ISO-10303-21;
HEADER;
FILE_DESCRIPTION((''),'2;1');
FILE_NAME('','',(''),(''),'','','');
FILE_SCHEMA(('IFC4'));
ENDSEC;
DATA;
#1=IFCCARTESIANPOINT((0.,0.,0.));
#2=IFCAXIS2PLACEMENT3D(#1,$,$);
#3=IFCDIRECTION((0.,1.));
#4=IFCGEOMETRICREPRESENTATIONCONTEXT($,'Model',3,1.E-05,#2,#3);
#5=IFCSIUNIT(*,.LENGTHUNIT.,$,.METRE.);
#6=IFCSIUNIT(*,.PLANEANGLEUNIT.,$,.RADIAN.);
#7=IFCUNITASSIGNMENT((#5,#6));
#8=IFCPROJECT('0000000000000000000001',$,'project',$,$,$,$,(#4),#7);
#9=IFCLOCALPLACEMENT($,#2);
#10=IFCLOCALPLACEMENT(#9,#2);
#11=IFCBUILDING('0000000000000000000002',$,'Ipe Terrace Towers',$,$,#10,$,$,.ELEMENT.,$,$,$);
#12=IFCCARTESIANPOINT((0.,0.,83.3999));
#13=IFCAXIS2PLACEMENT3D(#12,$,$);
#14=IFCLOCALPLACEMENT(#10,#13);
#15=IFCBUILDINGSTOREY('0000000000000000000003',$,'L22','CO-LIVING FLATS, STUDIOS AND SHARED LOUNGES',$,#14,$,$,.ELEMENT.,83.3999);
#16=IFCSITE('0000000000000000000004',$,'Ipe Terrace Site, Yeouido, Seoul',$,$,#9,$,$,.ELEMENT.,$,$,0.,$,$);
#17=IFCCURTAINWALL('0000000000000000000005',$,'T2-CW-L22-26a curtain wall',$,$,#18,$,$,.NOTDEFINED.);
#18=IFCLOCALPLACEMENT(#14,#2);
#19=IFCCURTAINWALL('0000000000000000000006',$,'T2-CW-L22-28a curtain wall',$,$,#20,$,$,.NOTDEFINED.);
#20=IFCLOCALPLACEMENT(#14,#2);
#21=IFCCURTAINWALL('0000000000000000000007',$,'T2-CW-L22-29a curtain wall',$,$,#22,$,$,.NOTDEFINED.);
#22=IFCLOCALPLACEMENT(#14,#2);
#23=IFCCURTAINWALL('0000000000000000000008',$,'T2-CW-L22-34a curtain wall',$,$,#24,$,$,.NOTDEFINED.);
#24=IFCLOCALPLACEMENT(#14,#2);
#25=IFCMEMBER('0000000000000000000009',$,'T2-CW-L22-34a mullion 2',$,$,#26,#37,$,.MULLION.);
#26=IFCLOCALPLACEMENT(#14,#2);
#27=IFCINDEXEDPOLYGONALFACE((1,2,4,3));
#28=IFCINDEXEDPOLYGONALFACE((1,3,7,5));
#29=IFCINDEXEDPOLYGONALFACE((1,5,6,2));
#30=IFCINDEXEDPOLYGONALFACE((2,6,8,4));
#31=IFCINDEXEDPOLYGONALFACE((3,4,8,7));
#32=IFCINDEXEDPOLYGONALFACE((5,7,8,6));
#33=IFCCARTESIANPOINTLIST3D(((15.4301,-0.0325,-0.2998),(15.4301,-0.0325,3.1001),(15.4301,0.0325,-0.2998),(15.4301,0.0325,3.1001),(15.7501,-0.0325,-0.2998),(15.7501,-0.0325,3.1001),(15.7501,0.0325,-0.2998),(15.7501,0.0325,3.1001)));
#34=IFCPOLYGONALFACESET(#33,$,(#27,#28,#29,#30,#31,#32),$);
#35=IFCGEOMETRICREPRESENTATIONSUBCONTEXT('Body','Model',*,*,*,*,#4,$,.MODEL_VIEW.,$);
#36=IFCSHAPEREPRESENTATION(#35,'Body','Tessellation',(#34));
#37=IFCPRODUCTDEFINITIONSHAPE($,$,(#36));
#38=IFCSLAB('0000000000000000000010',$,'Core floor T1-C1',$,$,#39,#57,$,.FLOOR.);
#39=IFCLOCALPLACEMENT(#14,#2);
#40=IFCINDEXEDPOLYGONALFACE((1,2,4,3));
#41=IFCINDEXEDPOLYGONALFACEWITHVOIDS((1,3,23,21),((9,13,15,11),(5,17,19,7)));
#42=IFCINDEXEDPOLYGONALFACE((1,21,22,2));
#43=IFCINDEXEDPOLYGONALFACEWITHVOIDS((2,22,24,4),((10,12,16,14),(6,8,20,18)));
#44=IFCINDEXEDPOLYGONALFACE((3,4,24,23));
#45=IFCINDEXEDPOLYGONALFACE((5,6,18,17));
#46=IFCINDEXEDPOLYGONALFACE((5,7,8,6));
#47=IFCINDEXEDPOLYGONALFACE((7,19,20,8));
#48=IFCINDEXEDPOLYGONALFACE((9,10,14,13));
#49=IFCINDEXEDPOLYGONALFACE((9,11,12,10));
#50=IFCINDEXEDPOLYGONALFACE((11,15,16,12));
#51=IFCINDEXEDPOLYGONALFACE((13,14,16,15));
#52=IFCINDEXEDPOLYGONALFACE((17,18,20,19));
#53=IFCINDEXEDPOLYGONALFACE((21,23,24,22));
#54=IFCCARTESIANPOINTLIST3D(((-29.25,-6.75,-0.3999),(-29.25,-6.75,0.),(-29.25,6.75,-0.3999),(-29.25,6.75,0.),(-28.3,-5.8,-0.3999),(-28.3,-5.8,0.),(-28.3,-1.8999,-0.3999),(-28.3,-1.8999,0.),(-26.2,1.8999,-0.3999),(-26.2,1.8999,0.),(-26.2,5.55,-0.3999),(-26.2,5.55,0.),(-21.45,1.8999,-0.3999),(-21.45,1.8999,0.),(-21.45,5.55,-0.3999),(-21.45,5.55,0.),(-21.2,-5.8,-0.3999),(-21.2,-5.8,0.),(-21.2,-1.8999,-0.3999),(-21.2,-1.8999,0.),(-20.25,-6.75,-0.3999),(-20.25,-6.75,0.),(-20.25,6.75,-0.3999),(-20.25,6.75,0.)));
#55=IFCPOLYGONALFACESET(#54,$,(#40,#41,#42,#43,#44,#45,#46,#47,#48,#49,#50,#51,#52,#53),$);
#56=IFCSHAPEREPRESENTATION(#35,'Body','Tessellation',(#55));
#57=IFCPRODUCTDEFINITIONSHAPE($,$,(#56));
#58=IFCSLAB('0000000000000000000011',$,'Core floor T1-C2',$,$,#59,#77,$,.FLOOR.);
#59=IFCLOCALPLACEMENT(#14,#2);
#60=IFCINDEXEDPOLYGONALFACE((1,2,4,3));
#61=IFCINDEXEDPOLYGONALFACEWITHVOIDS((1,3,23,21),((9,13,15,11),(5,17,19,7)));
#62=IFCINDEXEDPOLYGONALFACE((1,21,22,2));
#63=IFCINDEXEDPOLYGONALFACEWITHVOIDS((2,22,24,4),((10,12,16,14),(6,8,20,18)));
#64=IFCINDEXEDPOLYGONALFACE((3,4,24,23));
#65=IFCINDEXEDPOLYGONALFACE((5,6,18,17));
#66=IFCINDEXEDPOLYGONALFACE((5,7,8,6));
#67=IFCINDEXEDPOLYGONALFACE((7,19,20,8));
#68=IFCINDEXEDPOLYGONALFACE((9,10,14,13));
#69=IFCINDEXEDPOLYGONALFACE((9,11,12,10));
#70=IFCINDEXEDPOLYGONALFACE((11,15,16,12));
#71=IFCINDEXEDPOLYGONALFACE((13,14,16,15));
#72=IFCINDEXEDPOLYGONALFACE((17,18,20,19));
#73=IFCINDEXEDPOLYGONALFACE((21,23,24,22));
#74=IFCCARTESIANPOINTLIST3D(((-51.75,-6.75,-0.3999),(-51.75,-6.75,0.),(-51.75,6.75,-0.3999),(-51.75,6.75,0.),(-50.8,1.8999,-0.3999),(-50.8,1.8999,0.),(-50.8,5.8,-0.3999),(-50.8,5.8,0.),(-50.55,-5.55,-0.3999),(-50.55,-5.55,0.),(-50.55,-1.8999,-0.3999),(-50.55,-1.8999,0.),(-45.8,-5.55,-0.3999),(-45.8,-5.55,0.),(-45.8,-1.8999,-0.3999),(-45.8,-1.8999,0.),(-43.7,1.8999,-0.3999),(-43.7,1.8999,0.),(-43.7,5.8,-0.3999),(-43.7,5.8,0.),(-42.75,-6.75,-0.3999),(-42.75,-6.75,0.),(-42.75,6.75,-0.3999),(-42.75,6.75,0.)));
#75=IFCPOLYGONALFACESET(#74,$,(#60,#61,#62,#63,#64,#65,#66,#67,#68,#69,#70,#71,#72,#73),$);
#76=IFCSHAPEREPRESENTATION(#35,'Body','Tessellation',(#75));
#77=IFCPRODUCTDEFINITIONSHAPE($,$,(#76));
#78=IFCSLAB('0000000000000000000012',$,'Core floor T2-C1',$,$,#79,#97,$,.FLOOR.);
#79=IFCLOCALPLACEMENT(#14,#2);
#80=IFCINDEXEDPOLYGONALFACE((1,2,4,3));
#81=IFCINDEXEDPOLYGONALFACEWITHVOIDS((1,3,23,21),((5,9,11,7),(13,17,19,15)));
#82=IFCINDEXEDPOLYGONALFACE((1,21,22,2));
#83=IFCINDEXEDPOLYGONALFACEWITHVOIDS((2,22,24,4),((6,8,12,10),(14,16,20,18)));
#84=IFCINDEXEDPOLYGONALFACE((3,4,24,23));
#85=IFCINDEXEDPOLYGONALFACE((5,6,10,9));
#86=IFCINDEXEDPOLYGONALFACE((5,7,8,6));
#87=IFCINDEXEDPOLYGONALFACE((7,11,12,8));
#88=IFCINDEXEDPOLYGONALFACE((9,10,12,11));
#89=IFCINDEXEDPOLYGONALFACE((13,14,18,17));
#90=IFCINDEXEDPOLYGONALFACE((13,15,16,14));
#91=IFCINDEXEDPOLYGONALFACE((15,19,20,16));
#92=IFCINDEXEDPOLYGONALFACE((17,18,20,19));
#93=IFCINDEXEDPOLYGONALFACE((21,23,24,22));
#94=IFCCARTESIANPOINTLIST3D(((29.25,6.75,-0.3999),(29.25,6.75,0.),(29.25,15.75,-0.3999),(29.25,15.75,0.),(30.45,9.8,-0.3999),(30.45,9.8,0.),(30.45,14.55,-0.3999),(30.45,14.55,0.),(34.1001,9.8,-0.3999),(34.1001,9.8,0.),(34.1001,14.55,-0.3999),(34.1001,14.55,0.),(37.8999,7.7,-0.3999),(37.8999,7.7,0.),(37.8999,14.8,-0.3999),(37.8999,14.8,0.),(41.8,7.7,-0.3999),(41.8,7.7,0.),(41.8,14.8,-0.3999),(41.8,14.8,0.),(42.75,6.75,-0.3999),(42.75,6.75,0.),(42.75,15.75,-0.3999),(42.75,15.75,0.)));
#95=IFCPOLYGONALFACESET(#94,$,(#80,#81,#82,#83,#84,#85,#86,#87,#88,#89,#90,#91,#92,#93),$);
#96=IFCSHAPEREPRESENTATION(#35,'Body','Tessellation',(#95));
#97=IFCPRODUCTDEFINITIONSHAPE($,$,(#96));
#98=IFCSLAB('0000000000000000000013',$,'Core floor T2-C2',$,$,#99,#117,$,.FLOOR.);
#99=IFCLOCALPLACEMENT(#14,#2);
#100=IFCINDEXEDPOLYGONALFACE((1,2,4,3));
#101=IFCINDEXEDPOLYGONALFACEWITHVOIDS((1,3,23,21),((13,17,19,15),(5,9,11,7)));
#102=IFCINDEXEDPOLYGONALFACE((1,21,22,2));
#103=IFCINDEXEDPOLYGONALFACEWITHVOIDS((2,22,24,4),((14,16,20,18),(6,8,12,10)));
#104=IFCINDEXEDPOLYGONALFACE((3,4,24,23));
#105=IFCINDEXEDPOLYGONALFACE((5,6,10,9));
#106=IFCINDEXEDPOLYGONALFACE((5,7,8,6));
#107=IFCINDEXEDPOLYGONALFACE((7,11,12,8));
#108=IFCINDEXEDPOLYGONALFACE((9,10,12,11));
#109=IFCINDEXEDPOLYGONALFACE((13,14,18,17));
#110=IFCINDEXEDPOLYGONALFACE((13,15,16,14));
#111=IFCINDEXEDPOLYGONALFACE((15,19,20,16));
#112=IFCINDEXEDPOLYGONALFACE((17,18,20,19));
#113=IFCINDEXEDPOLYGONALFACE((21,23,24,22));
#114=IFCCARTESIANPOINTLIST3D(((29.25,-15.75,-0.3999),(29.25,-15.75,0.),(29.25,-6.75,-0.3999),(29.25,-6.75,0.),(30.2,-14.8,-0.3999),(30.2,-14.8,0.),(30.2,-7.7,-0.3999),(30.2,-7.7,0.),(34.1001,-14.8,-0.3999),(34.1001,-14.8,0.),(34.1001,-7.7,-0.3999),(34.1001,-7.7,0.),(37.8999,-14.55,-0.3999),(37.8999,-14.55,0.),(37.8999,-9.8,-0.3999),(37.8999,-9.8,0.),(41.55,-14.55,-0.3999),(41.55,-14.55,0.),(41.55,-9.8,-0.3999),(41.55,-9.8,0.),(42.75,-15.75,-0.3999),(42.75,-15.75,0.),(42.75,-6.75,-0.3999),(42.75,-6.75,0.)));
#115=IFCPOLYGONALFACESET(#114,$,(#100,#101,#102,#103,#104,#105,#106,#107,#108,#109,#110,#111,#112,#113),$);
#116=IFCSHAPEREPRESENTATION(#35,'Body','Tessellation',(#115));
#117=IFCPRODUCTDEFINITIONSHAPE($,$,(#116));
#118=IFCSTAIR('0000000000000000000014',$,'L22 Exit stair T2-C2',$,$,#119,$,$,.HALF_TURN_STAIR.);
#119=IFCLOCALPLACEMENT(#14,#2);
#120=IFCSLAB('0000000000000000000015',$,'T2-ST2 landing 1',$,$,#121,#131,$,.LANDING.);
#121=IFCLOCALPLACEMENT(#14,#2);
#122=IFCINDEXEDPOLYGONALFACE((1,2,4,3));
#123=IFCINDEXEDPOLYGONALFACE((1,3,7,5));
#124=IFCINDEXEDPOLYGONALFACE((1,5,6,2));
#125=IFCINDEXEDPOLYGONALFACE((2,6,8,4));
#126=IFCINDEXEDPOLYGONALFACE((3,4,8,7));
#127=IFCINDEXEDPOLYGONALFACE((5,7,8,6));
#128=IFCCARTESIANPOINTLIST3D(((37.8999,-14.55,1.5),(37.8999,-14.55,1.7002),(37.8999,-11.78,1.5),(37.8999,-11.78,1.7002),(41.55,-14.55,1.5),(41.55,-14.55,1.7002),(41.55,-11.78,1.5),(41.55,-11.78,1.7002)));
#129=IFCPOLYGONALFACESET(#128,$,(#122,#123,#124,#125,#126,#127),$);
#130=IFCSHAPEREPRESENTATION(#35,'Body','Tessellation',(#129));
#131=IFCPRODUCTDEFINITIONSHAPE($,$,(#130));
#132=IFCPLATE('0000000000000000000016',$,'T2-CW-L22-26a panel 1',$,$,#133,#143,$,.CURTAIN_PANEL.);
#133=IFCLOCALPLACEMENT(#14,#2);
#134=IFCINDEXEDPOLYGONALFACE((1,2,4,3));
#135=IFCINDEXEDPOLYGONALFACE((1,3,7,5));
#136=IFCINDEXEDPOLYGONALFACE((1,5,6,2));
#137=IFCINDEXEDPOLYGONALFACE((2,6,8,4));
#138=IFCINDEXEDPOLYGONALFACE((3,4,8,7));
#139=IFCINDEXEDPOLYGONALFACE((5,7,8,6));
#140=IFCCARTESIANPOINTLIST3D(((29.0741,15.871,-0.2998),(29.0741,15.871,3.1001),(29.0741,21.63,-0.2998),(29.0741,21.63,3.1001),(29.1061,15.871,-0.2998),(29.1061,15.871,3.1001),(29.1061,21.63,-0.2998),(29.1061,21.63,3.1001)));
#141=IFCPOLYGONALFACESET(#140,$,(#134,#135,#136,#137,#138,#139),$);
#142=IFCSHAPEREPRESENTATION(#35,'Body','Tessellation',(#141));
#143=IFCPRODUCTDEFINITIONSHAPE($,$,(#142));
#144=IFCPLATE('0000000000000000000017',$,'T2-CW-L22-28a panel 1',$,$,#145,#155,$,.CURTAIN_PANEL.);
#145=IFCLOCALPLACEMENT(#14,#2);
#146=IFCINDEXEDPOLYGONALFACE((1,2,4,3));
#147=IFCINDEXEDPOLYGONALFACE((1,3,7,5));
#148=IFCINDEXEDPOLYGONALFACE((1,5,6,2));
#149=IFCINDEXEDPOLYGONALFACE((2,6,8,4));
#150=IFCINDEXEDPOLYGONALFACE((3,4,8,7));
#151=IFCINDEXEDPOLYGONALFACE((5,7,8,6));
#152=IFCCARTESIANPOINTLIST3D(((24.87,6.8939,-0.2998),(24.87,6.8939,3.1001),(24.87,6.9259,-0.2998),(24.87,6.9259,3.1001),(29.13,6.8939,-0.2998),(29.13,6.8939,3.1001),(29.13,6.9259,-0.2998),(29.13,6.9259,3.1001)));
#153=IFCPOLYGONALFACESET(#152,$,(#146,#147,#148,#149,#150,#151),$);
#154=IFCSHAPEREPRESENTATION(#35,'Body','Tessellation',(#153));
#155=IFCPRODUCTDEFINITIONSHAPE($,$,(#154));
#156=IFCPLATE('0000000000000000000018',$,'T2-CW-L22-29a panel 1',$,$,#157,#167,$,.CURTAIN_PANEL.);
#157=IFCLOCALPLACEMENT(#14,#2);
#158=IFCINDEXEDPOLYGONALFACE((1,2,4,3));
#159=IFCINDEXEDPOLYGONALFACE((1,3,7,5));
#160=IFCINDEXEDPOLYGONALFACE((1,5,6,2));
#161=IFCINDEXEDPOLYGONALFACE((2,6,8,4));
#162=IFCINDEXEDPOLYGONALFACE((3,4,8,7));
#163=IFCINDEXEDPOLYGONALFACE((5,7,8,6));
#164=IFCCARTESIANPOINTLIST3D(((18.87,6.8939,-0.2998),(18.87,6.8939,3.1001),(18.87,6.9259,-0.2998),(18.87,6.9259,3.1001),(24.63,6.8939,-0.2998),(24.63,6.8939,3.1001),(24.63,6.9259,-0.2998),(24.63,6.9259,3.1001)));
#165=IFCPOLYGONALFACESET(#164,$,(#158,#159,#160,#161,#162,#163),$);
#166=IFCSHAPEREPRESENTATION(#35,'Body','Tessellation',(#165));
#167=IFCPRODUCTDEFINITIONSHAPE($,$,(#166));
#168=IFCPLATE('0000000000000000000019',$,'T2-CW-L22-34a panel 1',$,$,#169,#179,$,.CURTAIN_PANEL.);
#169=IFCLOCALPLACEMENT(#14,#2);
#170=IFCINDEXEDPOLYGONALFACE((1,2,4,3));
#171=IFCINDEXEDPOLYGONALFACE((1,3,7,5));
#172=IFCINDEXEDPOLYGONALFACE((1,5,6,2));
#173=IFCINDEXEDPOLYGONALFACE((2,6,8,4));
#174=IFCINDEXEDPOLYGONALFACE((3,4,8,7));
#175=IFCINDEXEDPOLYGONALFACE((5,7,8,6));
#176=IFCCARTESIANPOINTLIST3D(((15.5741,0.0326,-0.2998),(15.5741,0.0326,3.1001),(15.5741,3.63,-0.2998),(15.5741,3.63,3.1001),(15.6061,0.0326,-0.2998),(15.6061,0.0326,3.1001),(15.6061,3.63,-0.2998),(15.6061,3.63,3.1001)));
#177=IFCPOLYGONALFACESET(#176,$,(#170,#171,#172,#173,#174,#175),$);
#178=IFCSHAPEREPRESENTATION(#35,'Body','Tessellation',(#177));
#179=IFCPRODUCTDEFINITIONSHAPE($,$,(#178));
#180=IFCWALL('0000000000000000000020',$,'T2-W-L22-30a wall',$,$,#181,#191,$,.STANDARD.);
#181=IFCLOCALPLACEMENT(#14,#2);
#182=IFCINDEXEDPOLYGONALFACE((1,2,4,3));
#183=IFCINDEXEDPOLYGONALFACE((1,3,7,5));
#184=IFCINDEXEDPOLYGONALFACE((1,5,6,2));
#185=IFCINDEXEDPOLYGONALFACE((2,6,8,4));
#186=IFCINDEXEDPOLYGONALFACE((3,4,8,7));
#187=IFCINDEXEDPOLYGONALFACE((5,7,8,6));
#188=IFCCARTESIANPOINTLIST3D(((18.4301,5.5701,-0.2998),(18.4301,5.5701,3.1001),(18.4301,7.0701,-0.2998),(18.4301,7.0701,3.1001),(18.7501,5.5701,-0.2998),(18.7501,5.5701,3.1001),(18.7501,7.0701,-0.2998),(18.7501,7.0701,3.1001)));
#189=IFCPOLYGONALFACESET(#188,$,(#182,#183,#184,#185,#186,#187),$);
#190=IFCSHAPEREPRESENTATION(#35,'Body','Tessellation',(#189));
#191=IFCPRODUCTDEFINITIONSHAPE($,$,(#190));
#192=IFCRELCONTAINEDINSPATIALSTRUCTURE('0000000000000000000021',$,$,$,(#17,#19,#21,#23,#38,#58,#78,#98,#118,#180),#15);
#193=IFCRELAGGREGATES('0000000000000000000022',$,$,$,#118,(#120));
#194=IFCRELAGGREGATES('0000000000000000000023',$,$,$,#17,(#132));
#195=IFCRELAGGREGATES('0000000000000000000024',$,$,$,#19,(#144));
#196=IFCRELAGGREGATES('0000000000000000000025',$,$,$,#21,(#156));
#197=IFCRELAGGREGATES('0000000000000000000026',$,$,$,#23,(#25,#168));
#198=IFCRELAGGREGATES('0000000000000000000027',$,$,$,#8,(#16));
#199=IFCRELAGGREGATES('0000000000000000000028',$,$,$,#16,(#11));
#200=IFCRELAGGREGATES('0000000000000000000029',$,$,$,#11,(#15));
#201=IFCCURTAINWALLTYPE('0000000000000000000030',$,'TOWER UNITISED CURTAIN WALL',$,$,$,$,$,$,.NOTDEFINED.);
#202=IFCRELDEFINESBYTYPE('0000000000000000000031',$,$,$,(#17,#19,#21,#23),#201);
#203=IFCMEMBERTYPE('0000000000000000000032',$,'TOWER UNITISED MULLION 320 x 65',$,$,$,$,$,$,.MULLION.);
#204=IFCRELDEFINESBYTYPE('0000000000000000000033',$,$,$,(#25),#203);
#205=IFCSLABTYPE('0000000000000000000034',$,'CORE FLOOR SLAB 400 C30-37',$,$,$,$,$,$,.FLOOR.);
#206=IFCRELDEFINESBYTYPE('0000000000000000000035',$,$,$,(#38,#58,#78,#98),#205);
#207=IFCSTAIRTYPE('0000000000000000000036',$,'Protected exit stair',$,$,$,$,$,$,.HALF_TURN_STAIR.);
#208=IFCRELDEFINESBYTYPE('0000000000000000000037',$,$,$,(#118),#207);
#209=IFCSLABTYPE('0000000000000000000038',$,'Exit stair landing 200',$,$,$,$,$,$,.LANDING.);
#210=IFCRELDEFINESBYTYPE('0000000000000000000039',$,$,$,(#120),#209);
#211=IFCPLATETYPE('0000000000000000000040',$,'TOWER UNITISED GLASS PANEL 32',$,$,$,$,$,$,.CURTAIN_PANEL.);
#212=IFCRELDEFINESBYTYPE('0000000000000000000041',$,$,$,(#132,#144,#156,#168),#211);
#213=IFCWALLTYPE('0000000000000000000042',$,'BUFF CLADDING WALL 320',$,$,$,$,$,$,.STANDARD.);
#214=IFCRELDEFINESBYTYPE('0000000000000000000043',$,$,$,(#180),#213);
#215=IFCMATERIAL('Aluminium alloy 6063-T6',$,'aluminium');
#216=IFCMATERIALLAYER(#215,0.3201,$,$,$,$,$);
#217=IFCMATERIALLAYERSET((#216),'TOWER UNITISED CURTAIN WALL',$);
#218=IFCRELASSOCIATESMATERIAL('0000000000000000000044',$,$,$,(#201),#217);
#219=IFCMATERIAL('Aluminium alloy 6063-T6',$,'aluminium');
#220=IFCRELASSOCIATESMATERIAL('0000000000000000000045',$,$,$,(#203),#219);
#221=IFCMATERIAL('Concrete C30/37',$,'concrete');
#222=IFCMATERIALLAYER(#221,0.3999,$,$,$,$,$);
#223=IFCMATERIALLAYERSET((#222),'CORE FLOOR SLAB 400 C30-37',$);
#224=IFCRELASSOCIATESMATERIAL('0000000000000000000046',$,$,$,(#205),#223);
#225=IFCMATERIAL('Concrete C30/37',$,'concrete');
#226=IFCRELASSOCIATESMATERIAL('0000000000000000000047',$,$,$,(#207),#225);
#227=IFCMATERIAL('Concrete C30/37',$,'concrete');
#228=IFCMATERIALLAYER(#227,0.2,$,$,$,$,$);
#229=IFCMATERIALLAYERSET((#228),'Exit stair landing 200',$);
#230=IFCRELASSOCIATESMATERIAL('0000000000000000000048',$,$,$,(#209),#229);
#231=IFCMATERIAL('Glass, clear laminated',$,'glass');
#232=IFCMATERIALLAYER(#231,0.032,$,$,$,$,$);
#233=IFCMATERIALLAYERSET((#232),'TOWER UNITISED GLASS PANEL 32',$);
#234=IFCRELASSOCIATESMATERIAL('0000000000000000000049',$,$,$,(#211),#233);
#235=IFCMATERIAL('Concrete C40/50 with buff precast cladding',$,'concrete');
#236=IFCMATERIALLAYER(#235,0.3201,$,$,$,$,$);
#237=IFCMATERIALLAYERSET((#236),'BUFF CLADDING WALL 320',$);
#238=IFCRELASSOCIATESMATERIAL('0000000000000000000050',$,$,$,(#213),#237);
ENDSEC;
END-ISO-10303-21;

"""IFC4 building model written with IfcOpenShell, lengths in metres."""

from ifc_helpers import new_model, si_unit, direction, frame, frame_2d, origin, origin_2d, place, context, subcontext, project, spatial, polyline, rectangle, outline, extrude, material, layer, layer_set, material_profile, profile_set, type_object, element, aggregate, save


model = new_model("IFC4")

# Units and contexts
model_context = context("Model", 3, precision=1e-05, world=origin(), true_north=direction((0.0, 1.0)))
body_context = subcontext(model_context, "Body", "Model", "MODEL_VIEW")
ifc_project = project(units=[si_unit("LENGTHUNIT", "METRE"), si_unit("PLANEANGLEUNIT", "RADIAN")], contexts=[model_context])

# Site, building, storey
site_placement = place(None, origin())
site = spatial("IfcSite", under=ifc_project, at=site_placement, Name="Ipe Terrace Site, Yeouido, Seoul", CompositionType="ELEMENT", RefElevation=0.0)
building_placement = place(site_placement, origin())
building = spatial("IfcBuilding", under=site, at=building_placement, Name="Ipe Terrace Towers", CompositionType="ELEMENT")
storey_placement = place(building_placement, frame((0.0, 0.0, 83.3999)))
storey = spatial("IfcBuildingStorey", under=building, at=storey_placement, Name="L22", Description="CO-LIVING FLATS, STUDIOS AND SHARED LOUNGES", CompositionType="ELEMENT", Elevation=83.3999)

# Curtain walls
ifc_material_1 = material(Name="Aluminium alloy 6063-T6", Category="aluminium")
ifc_layer_1 = layer(ifc_material_1, 0.3201)
ifc_layer_set_1 = layer_set([ifc_layer_1], Name="TOWER UNITISED CURTAIN WALL")
curtain_wall_type = type_object("IfcCurtainWallType", Name="TOWER UNITISED CURTAIN WALL", PredefinedType="NOTDEFINED", material=ifc_layer_set_1)
curtain_wall_1_placement = place(storey_placement, origin())
curtain_wall_1 = element("IfcCurtainWall", 1, at=curtain_wall_1_placement, inside=storey, type_object=curtain_wall_type, Name="T2-CW-L22-26a curtain wall", PredefinedType="NOTDEFINED")
curtain_wall_2_placement = place(storey_placement, origin())
curtain_wall_2 = element("IfcCurtainWall", 2, at=curtain_wall_2_placement, inside=storey, type_object=curtain_wall_type, Name="T2-CW-L22-28a curtain wall", PredefinedType="NOTDEFINED")

# Curtain walls, member
curtain_wall_3_placement = place(storey_placement, origin())
curtain_wall_3 = element("IfcCurtainWall", 3, at=curtain_wall_3_placement, inside=storey, type_object=curtain_wall_type, Name="T2-CW-L22-29a curtain wall", PredefinedType="NOTDEFINED")
curtain_wall_4_placement = place(storey_placement, origin())
curtain_wall_4 = element("IfcCurtainWall", 4, at=curtain_wall_4_placement, inside=storey, type_object=curtain_wall_type, Name="T2-CW-L22-34a curtain wall", PredefinedType="NOTDEFINED")
ifc_material_2 = material(Name="Aluminium alloy 6063-T6", Category="aluminium")
ifc_material_profile_1 = material_profile(ifc_material_2, rectangle(XDim=0.3201, YDim=0.0649, at=origin_2d()), Name="TOWER UNITISED MULLION 320 x 65")
ifc_profile_set_1 = profile_set([ifc_material_profile_1], Name="Aluminium alloy 6063-T6")
member_type_1 = type_object("IfcMemberType", Name="TOWER UNITISED MULLION 320 x 65", PredefinedType="MULLION", material=ifc_profile_set_1)
member_1_placement = place(storey_placement, frame((15.5901, 0.0, -0.2998), z_axis=(0.0, 0.0, 1.0), x_axis=(-1.0, 0.0, 0.0)))
member_1 = element("IfcMember", 5, at=member_1_placement, type_object=member_type_1, Name="T2-CW-L22-34a mullion 2", PredefinedType="MULLION", context=body_context, shape_type="SweptSolid", body=[
    extrude(rectangle(XDim=0.3201, YDim=0.0649, at=origin_2d()), origin(), (0.0, 0.0, 1.0), 3.3999),
])

# Slabs
ifc_material_3 = material(Name="Concrete C30/37", Category="concrete")
ifc_layer_2 = layer(ifc_material_3, 0.3999)
ifc_layer_set_2 = layer_set([ifc_layer_2], Name="CORE FLOOR SLAB 400 C30-37")
slab_type_1 = type_object("IfcSlabType", Name="CORE FLOOR SLAB 400 C30-37", PredefinedType="FLOOR", material=ifc_layer_set_2)
slab_1_placement = place(storey_placement, frame((0.0, 0.0, -0.3999)))
element("IfcSlab", 6, at=slab_1_placement, inside=storey, type_object=slab_type_1, Name="Core floor T1-C1", PredefinedType="FLOOR", context=body_context, shape_type="SweptSolid", body=[
    extrude(outline(polyline([(-29.25, -6.75), (-29.25, 6.75), (-20.25, 6.75), (-20.25, -6.75), (-29.25, -6.75)]), holes=[polyline([(-28.3, -5.8), (-21.2, -5.8), (-21.2, -1.8999), (-28.3, -1.8999), (-28.3, -5.8)]), polyline([(-26.2, 5.55), (-26.2, 1.8999), (-21.45, 1.8999), (-21.45, 5.55), (-26.2, 5.55)])]), origin(), (0.0, 0.0, 1.0), 0.3999),
])
slab_2_placement = place(storey_placement, frame((0.0, 0.0, -0.3999)))
element("IfcSlab", 7, at=slab_2_placement, inside=storey, type_object=slab_type_1, Name="Core floor T1-C2", PredefinedType="FLOOR", context=body_context, shape_type="SweptSolid", body=[
    extrude(outline(polyline([(-51.75, -6.75), (-51.75, 6.75), (-42.75, 6.75), (-42.75, -6.75), (-51.75, -6.75)]), holes=[polyline([(-45.8, -5.55), (-45.8, -1.8999), (-50.55, -1.8999), (-50.55, -5.55), (-45.8, -5.55)]), polyline([(-50.8, 1.8999), (-43.7, 1.8999), (-43.7, 5.8), (-50.8, 5.8), (-50.8, 1.8999)])]), origin(), (0.0, 0.0, 1.0), 0.3999),
])
slab_3_placement = place(storey_placement, frame((0.0, 0.0, -0.3999)))
element("IfcSlab", 8, at=slab_3_placement, inside=storey, type_object=slab_type_1, Name="Core floor T2-C1", PredefinedType="FLOOR", context=body_context, shape_type="SweptSolid", body=[
    extrude(outline(polyline([(29.25, 6.75), (29.25, 15.75), (42.75, 15.75), (42.75, 6.75), (29.25, 6.75)]), holes=[polyline([(41.8, 7.7), (41.8, 14.8), (37.8999, 14.8), (37.8999, 7.7), (41.8, 7.7)]), polyline([(30.45, 9.8), (34.1001, 9.8), (34.1001, 14.55), (30.45, 14.55), (30.45, 9.8)])]), origin(), (0.0, 0.0, 1.0), 0.3999),
])
slab_4_placement = place(storey_placement, frame((0.0, 0.0, -0.3999)))
element("IfcSlab", 9, at=slab_4_placement, inside=storey, type_object=slab_type_1, Name="Core floor T2-C2", PredefinedType="FLOOR", context=body_context, shape_type="SweptSolid", body=[
    extrude(outline(polyline([(29.25, -15.75), (29.25, -6.75), (42.75, -6.75), (42.75, -15.75), (29.25, -15.75)]), holes=[polyline([(34.1001, -14.8), (34.1001, -7.7), (30.2, -7.7), (30.2, -14.8), (34.1001, -14.8)]), polyline([(41.55, -9.8), (37.8999, -9.8), (37.8999, -14.55), (41.55, -14.55), (41.55, -9.8)])]), origin(), (0.0, 0.0, 1.0), 0.3999),
])

# Stair, slab
ifc_material_4 = material(Name="Concrete C30/37", Category="concrete")
stair_type = type_object("IfcStairType", Name="Protected exit stair", PredefinedType="HALF_TURN_STAIR", material=ifc_material_4)
stair_placement = place(storey_placement, origin())
stair = element("IfcStair", 10, at=stair_placement, inside=storey, type_object=stair_type, Name="L22 Exit stair T2-C2", PredefinedType="HALF_TURN_STAIR")
ifc_material_5 = material(Name="Concrete C30/37", Category="concrete")
ifc_layer_3 = layer(ifc_material_5, 0.2)
ifc_layer_set_3 = layer_set([ifc_layer_3], Name="Exit stair landing 200")
slab_type_2 = type_object("IfcSlabType", Name="Exit stair landing 200", PredefinedType="LANDING", material=ifc_layer_set_3)
slab_5_placement = place(storey_placement, frame((0.0, 0.0, 1.5)))
slab_5 = element("IfcSlab", 11, at=slab_5_placement, type_object=slab_type_2, Name="T2-ST2 landing 1", PredefinedType="LANDING", context=body_context, shape_type="SweptSolid", body=[
    extrude(outline(polyline([(37.8999, -11.78), (37.8999, -14.55), (41.55, -14.55), (41.55, -11.78), (37.8999, -11.78)])), origin(), (0.0, 0.0, 1.0), 0.2002),
])
aggregate(stair, [slab_5])

# Plates
ifc_material_6 = material(Name="Glass, clear laminated", Category="glass")
ifc_layer_4 = layer(ifc_material_6, 0.032)
ifc_layer_set_4 = layer_set([ifc_layer_4], Name="TOWER UNITISED GLASS PANEL 32")
plate_type = type_object("IfcPlateType", Name="TOWER UNITISED GLASS PANEL 32", PredefinedType="CURTAIN_PANEL", material=ifc_layer_set_4)
plate_1_placement = place(storey_placement, frame((29.0901, 18.7505, -0.2998), z_axis=(0.0, 0.0, 1.0), x_axis=(0.0, -1.0, 0.0)))
plate_1 = element("IfcPlate", 12, at=plate_1_placement, type_object=plate_type, Name="T2-CW-L22-26a panel 1", PredefinedType="CURTAIN_PANEL", context=body_context, shape_type="SweptSolid", body=[
    extrude(rectangle(XDim=5.759, YDim=0.032, at=origin_2d()), origin(), (0.0, 0.0, 1.0), 3.3999),
])
aggregate(curtain_wall_1, [plate_1])
plate_2_placement = place(storey_placement, frame((27.0, 6.9099, -0.2998), z_axis=(0.0, 0.0, 1.0), x_axis=(-1.0, 0.0, 0.0)))
plate_2 = element("IfcPlate", 13, at=plate_2_placement, type_object=plate_type, Name="T2-CW-L22-28a panel 1", PredefinedType="CURTAIN_PANEL", context=body_context, shape_type="SweptSolid", body=[
    extrude(rectangle(XDim=4.26, YDim=0.032, at=origin_2d()), origin(), (0.0, 0.0, 1.0), 3.3999),
])
aggregate(curtain_wall_2, [plate_2])
plate_3_placement = place(storey_placement, frame((21.75, 6.9099, -0.2998), z_axis=(0.0, 0.0, 1.0), x_axis=(-1.0, 0.0, 0.0)))
plate_3 = element("IfcPlate", 14, at=plate_3_placement, type_object=plate_type, Name="T2-CW-L22-29a panel 1", PredefinedType="CURTAIN_PANEL", context=body_context, shape_type="SweptSolid", body=[
    extrude(rectangle(XDim=5.76, YDim=0.032, at=origin_2d()), origin(), (0.0, 0.0, 1.0), 3.3999),
])
aggregate(curtain_wall_3, [plate_3])
plate_4_placement = place(storey_placement, frame((15.5901, 1.8313, -0.2998), z_axis=(0.0, 0.0, 1.0), x_axis=(0.0, -1.0, 0.0)))
plate_4 = element("IfcPlate", 15, at=plate_4_placement, type_object=plate_type, Name="T2-CW-L22-34a panel 1", PredefinedType="CURTAIN_PANEL", context=body_context, shape_type="SweptSolid", body=[
    extrude(rectangle(XDim=3.5974, YDim=0.032, at=origin_2d()), origin(), (0.0, 0.0, 1.0), 3.3999),
])
aggregate(curtain_wall_4, [member_1, plate_4])

# Wall
ifc_material_7 = material(Name="Concrete C40/50 with buff precast cladding", Category="concrete")
ifc_layer_5 = layer(ifc_material_7, 0.3201)
ifc_layer_set_5 = layer_set([ifc_layer_5], Name="BUFF CLADDING WALL 320")
wall_type_1 = type_object("IfcWallType", Name="BUFF CLADDING WALL 320", PredefinedType="STANDARD", material=ifc_layer_set_5)
wall_1_placement = place(storey_placement, frame((18.5901, 7.0701, -0.2998), z_axis=(0.0, 0.0, 1.0), x_axis=(0.0, -1.0, 0.0)))
element("IfcWall", 16, at=wall_1_placement, inside=storey, type_object=wall_type_1, Name="T2-W-L22-30a wall", PredefinedType="STANDARD", context=body_context, shape_type="SweptSolid", body=[
    extrude(rectangle(XDim=1.5, YDim=0.3201, at=frame_2d((0.75, 0.0))), origin(), (0.0, 0.0, 1.0), 3.3999),
])

save(model, "model.ifc")
